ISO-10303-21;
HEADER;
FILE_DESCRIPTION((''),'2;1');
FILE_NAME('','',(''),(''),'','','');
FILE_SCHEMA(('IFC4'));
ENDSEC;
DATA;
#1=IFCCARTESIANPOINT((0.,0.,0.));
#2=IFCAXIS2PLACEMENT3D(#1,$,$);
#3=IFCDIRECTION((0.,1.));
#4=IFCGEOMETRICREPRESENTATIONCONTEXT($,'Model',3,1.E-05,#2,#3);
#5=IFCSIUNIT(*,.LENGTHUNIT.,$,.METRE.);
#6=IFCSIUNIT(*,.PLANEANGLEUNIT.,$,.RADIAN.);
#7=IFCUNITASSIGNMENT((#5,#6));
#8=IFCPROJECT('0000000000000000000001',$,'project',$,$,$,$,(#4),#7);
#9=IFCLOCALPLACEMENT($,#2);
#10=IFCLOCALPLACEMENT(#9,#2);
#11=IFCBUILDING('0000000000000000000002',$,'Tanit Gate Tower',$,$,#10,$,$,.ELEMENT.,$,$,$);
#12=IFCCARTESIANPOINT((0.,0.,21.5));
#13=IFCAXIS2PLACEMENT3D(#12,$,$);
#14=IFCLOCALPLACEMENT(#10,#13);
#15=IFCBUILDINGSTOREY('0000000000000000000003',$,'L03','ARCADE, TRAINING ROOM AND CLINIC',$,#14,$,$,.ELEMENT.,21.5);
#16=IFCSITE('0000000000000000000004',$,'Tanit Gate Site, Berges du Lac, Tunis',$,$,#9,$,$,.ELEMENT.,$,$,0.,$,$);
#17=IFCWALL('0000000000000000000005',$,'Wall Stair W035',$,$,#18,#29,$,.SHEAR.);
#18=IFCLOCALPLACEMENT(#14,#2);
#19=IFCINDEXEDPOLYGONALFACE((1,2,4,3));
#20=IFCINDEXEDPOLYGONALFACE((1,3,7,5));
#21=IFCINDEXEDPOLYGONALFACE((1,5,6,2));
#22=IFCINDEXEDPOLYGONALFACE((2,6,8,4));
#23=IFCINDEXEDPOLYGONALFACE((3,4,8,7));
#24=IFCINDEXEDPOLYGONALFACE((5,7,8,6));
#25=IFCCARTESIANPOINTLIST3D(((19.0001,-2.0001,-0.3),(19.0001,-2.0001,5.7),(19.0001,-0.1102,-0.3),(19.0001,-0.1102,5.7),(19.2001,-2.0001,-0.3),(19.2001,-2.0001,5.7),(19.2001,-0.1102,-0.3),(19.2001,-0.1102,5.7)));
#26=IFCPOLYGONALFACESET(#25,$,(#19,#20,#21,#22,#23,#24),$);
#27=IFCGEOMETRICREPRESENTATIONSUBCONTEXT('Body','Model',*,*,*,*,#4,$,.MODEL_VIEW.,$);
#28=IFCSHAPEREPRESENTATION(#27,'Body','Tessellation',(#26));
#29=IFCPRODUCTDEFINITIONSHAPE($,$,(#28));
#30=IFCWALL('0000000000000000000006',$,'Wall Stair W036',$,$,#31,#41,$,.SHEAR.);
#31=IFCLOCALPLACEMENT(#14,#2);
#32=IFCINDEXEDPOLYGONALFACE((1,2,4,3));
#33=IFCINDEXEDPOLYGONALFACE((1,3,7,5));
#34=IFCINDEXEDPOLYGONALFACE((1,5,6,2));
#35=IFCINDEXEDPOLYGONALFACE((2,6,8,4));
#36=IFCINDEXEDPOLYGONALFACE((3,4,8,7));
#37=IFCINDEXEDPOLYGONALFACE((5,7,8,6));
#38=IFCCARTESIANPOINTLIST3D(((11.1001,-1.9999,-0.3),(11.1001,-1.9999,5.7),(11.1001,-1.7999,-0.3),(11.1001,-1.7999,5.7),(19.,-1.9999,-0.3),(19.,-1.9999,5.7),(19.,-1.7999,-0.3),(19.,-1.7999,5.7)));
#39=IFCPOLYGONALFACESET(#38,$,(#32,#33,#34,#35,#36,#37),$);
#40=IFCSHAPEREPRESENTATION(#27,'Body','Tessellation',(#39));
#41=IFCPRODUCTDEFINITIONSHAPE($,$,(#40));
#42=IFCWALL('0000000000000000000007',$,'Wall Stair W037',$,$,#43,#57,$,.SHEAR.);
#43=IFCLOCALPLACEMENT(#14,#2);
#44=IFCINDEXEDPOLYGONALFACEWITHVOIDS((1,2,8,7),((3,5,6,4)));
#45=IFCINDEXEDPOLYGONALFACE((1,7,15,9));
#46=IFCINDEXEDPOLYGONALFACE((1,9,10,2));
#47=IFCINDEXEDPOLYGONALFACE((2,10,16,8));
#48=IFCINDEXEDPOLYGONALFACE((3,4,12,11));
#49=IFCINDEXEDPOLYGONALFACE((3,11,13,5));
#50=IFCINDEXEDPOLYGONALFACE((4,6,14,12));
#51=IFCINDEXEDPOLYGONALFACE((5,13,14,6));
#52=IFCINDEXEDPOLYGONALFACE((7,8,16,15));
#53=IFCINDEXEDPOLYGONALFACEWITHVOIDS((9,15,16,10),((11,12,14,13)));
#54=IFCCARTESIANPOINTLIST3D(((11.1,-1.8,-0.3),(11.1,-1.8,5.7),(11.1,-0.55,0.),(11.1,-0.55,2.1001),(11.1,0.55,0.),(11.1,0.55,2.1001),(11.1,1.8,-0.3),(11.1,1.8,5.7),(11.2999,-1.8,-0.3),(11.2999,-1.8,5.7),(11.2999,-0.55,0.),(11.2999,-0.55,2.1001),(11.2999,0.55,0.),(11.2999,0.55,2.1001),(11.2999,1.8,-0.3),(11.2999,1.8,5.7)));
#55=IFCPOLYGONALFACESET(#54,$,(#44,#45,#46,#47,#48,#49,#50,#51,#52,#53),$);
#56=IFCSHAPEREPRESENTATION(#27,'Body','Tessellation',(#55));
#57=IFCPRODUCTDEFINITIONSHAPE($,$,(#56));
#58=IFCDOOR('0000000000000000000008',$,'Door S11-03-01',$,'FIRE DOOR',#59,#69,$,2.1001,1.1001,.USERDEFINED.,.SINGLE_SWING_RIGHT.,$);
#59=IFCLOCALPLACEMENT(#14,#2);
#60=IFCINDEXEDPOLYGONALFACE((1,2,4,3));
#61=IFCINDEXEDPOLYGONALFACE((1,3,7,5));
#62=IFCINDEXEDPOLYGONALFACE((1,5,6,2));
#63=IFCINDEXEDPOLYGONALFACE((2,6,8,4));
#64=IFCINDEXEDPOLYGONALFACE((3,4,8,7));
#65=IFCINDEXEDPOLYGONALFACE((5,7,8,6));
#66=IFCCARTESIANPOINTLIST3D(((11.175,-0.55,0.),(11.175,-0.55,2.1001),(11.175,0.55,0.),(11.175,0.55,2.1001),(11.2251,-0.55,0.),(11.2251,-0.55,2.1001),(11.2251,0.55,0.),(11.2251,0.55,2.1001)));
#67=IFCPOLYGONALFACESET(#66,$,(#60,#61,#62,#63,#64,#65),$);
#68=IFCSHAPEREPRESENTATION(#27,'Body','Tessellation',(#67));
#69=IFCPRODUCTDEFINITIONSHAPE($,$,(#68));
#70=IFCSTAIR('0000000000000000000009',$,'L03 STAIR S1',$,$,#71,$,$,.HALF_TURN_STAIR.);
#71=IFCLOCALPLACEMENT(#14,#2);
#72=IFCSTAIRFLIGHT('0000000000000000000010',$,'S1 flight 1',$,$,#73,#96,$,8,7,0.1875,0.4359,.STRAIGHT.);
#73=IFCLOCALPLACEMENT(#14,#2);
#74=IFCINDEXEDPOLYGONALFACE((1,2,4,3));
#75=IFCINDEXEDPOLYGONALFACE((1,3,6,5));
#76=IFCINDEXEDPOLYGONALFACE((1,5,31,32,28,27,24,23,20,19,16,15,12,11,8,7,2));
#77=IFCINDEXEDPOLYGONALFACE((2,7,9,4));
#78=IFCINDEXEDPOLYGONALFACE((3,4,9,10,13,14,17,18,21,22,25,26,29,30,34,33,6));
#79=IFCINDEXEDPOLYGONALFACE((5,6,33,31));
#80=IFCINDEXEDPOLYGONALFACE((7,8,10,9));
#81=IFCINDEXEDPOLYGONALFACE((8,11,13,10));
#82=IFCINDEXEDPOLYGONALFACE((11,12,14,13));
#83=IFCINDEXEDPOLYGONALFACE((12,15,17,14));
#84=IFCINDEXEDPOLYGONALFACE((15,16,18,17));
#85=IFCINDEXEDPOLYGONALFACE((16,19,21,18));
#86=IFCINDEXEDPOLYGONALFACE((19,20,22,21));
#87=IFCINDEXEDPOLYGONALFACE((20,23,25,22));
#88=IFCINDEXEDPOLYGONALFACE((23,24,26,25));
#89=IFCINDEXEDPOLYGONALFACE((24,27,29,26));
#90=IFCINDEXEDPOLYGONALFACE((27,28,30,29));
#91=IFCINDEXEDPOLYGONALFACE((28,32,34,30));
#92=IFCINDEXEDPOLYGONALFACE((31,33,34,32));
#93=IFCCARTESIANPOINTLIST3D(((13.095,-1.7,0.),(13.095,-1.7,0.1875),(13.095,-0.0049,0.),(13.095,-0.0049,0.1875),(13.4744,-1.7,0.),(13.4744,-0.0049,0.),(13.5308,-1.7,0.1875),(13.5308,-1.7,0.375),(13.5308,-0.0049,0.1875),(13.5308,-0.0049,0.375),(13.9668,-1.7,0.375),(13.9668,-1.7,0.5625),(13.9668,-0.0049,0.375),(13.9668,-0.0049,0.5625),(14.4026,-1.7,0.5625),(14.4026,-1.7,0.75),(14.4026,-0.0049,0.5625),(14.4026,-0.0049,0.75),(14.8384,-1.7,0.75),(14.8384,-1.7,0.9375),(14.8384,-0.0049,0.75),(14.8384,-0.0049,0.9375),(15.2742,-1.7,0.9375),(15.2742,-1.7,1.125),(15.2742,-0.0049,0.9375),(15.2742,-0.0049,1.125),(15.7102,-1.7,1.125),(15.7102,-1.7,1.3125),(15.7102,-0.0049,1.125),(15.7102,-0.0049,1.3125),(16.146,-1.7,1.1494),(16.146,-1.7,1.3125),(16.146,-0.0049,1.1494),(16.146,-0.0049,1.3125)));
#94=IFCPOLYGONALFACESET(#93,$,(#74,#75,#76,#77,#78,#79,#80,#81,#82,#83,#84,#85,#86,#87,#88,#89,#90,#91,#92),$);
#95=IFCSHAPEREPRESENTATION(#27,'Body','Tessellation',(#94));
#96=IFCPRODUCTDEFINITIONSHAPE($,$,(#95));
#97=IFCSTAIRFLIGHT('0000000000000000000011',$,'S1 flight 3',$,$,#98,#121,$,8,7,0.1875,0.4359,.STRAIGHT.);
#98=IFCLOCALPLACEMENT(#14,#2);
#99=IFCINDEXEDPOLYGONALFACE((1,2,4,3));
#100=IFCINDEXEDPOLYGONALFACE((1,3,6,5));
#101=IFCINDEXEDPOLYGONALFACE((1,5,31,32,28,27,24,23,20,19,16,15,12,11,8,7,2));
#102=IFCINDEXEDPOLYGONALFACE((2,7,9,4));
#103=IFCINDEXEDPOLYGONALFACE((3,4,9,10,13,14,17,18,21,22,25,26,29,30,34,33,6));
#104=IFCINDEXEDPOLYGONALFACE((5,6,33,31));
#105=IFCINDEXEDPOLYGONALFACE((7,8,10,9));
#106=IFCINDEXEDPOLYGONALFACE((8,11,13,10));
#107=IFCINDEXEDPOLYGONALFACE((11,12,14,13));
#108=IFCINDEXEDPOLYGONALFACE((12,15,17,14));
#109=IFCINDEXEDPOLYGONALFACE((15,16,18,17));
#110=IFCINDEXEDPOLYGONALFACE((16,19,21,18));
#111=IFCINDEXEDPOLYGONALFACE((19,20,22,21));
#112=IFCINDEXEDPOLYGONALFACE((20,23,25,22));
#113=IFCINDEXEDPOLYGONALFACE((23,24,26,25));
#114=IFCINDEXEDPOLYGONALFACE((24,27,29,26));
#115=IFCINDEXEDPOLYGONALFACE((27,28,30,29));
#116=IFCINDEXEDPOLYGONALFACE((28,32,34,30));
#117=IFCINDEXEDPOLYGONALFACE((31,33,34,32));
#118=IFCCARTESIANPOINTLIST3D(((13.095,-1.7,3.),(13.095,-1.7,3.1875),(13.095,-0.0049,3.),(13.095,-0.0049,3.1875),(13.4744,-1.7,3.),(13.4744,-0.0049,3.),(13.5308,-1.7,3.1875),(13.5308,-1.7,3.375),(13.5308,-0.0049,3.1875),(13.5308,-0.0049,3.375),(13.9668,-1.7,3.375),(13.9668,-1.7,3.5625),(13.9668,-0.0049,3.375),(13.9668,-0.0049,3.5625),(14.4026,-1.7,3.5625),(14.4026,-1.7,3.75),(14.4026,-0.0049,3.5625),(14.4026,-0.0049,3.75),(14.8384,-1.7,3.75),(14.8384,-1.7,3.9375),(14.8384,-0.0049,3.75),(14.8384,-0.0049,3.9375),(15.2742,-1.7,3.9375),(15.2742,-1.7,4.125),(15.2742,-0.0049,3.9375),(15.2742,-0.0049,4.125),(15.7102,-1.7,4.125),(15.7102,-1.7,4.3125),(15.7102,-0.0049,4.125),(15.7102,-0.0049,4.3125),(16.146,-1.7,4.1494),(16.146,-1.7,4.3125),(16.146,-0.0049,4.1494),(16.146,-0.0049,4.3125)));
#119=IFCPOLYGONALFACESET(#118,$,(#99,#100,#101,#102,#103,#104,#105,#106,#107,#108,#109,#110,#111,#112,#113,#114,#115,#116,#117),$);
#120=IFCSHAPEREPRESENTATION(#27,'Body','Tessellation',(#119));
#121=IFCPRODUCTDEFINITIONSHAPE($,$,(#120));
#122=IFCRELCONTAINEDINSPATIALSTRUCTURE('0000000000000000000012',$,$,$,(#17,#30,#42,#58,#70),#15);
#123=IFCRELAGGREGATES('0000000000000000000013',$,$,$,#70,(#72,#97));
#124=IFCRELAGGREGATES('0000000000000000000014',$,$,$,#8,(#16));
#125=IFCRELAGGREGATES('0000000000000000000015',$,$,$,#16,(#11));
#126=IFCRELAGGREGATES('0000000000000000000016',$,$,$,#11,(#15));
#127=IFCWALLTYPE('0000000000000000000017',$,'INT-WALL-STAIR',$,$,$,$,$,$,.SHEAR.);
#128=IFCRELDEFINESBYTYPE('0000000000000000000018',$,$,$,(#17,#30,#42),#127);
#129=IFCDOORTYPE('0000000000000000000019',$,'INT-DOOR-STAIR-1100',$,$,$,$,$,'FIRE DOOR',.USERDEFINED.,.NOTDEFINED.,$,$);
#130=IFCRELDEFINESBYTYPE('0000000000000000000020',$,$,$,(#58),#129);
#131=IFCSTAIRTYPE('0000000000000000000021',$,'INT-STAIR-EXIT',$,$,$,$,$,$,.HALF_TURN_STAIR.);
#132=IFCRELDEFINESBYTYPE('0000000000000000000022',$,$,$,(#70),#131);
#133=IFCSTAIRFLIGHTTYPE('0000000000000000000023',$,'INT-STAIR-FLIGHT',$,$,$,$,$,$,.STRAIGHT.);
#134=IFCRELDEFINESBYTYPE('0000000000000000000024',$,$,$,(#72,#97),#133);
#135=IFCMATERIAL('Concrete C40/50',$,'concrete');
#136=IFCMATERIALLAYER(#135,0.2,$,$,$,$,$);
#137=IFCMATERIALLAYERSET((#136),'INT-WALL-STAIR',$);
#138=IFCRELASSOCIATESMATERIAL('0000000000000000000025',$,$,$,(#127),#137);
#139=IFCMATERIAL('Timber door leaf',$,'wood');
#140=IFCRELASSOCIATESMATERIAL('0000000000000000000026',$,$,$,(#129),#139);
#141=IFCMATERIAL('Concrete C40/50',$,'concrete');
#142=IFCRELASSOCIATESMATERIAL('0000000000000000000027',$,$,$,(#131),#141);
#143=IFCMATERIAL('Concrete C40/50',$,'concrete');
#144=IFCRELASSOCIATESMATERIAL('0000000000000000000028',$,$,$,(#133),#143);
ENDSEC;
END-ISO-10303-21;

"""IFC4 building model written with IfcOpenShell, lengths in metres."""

from ifc_helpers import new_model, si_unit, direction, frame, frame_2d, origin, place, context, subcontext, project, spatial, polyline, rectangle, outline, extrude, material, layer, layer_set, type_object, element, fill, aggregate, save


model = new_model("IFC4")

# Units and contexts
model_context = context("Model", 3, precision=1e-05, world=origin(), true_north=direction((0.0, 1.0)))
body_context = subcontext(model_context, "Body", "Model", "MODEL_VIEW")
ifc_project = project(units=[si_unit("LENGTHUNIT", "METRE"), si_unit("PLANEANGLEUNIT", "RADIAN")], contexts=[model_context])

# Site, building, storey
site_placement = place(None, origin())
site = spatial("IfcSite", under=ifc_project, at=site_placement, Name="Tanit Gate Site, Berges du Lac, Tunis", CompositionType="ELEMENT", RefElevation=0.0)
building_placement = place(site_placement, origin())
building = spatial("IfcBuilding", under=site, at=building_placement, Name="Tanit Gate Tower", CompositionType="ELEMENT")
storey_placement = place(building_placement, frame((0.0, 0.0, 21.5)))
storey = spatial("IfcBuildingStorey", under=building, at=storey_placement, Name="L03", Description="ARCADE, TRAINING ROOM AND CLINIC", CompositionType="ELEMENT", Elevation=21.5)

# Walls
ifc_material_1 = material(Name="Concrete C40/50", Category="concrete")
ifc_layer_1 = layer(ifc_material_1, 0.2)
ifc_layer_set_1 = layer_set([ifc_layer_1], Name="INT-WALL-STAIR")
wall_type_1 = type_object("IfcWallType", Name="INT-WALL-STAIR", PredefinedType="SHEAR", material=ifc_layer_set_1)
wall_1_placement = place(storey_placement, frame((19.1001, -2.0, -0.3), z_axis=(0.0, 0.0, 1.0), x_axis=(0.0, 1.0, 0.0)))
element("IfcWall", 1, at=wall_1_placement, inside=storey, type_object=wall_type_1, Name="Wall Stair W035", PredefinedType="SHEAR", context=body_context, shape_type="SweptSolid", body=[
    extrude(rectangle(XDim=1.8899, YDim=0.2, at=frame_2d((0.9448, 0.0))), origin(), (0.0, 0.0, 1.0), 6.0),
])
wall_2_placement = place(storey_placement, frame((11.1001, -1.8999, -0.3), z_axis=(0.0, 0.0, 1.0), x_axis=(1.0, 0.0, 0.0)))
element("IfcWall", 2, at=wall_2_placement, inside=storey, type_object=wall_type_1, Name="Wall Stair W036", PredefinedType="SHEAR", context=body_context, shape_type="SweptSolid", body=[
    extrude(rectangle(XDim=7.8999, YDim=0.2, at=frame_2d((3.95, 0.0))), origin(), (0.0, 0.0, 1.0), 6.0),
])

# Wall, opening, door
wall_3_placement = place(storey_placement, frame((11.2, -1.8, -0.3), z_axis=(0.0, 0.0, 1.0), x_axis=(0.0, 1.0, 0.0)))
wall_3 = element("IfcWall", 3, at=wall_3_placement, inside=storey, type_object=wall_type_1, Name="Wall Stair W037", PredefinedType="SHEAR", context=body_context, shape_type="SweptSolid", body=[
    extrude(rectangle(XDim=3.6001, YDim=0.2, at=frame_2d((1.8, 0.0))), origin(), (0.0, 0.0, 1.0), 6.0),
])
opening_1_placement = place(wall_3_placement, frame((1.25, 0.0, 0.3)))
opening_1 = element("IfcOpeningElement", 4, at=opening_1_placement, cuts=wall_3, PredefinedType="OPENING", context=body_context, shape_type="SweptSolid", body=[
    extrude(rectangle(XDim=1.1001, YDim=2.1001, at=frame_2d((0.55, 1.05))), frame((0.0, 0.1099, 0.0), z_axis=(0.0, -1.0, 0.0), x_axis=(1.0, 0.0, 0.0)), (0.0, 0.0, 1.0), 0.22),
])
ifc_material_2 = material(Name="Timber door leaf", Category="wood")
door_type_1 = type_object("IfcDoorType", Name="INT-DOOR-STAIR-1100", ElementType="FIRE DOOR", OperationType="NOTDEFINED", PredefinedType="USERDEFINED", material=ifc_material_2)
door_1_placement = place(opening_1_placement, origin())
door_1 = element("IfcDoor", 5, at=door_1_placement, inside=storey, type_object=door_type_1, Name="Door S11-03-01", ObjectType="FIRE DOOR", OperationType="SINGLE_SWING_RIGHT", OverallHeight=2.1001, OverallWidth=1.1001, PredefinedType="USERDEFINED", context=body_context, shape_type="SweptSolid", body=[
    extrude(rectangle(XDim=1.1001, YDim=2.1001, at=frame_2d((0.55, 1.05))), frame((0.0, 0.0249, 0.0), z_axis=(0.0, -1.0, 0.0), x_axis=(1.0, 0.0, 0.0)), (0.0, 0.0, 1.0), 0.05),
])
fill(opening_1, door_1)

# Stair, stair flights
ifc_material_3 = material(Name="Concrete C40/50", Category="concrete")
stair_type = type_object("IfcStairType", Name="INT-STAIR-EXIT", PredefinedType="HALF_TURN_STAIR", material=ifc_material_3)
stair_placement = place(storey_placement, origin())
stair = element("IfcStair", 6, at=stair_placement, inside=storey, type_object=stair_type, Name="L03 STAIR S1", PredefinedType="HALF_TURN_STAIR")
ifc_material_4 = material(Name="Concrete C40/50", Category="concrete")
stair_flight_type = type_object("IfcStairFlightType", Name="INT-STAIR-FLIGHT", PredefinedType="STRAIGHT", material=ifc_material_4)
stair_flight_1_placement = place(storey_placement, frame((13.095, -0.8525, 0.0), z_axis=(0.0, 0.0, 1.0), x_axis=(1.0, 0.0, 0.0)))
stair_flight_1 = element("IfcStairFlight", 7, at=stair_flight_1_placement, type_object=stair_flight_type, Name="S1 flight 1", NumberOfRisers=8, NumberOfTreads=7, PredefinedType="STRAIGHT", RiserHeight=0.1875, TreadLength=0.4359, context=body_context, shape_type="SweptSolid", body=[
    extrude(outline(polyline([(0.0, 0.0), (0.0, 0.1875), (0.4358, 0.1875), (0.4358, 0.375), (0.8718, 0.375), (0.8718, 0.5625), (1.3076, 0.5625), (1.3076, 0.75), (1.7434, 0.75), (1.7434, 0.9375), (2.1792, 0.9375), (2.1792, 1.125), (2.6152, 1.125), (2.6152, 1.3125), (3.051, 1.3125), (3.051, 1.5), (3.051, 1.1494), (0.3794, 0.0), (0.0, 0.0)])), frame((0.0, 0.8477, 0.0), z_axis=(0.0, -1.0, 0.0), x_axis=(1.0, 0.0, 0.0)), (0.0, 0.0, 1.0), 1.6951),
])
stair_flight_2_placement = place(storey_placement, frame((13.095, -0.8525, 3.0), z_axis=(0.0, 0.0, 1.0), x_axis=(1.0, 0.0, 0.0)))
stair_flight_2 = element("IfcStairFlight", 8, at=stair_flight_2_placement, type_object=stair_flight_type, Name="S1 flight 3", NumberOfRisers=8, NumberOfTreads=7, PredefinedType="STRAIGHT", RiserHeight=0.1875, TreadLength=0.4359, context=body_context, shape_type="SweptSolid", body=[
    extrude(outline(polyline([(0.0, 0.0), (0.0, 0.1875), (0.4358, 0.1875), (0.4358, 0.375), (0.8718, 0.375), (0.8718, 0.5625), (1.3076, 0.5625), (1.3076, 0.75), (1.7434, 0.75), (1.7434, 0.9375), (2.1792, 0.9375), (2.1792, 1.125), (2.6152, 1.125), (2.6152, 1.3125), (3.051, 1.3125), (3.051, 1.5), (3.051, 1.1494), (0.3794, 0.0), (0.0, 0.0)])), frame((0.0, 0.8477, 0.0), z_axis=(0.0, -1.0, 0.0), x_axis=(1.0, 0.0, 0.0)), (0.0, 0.0, 1.0), 1.6951),
])
aggregate(stair, [stair_flight_1, stair_flight_2])

save(model, "model.ifc")
